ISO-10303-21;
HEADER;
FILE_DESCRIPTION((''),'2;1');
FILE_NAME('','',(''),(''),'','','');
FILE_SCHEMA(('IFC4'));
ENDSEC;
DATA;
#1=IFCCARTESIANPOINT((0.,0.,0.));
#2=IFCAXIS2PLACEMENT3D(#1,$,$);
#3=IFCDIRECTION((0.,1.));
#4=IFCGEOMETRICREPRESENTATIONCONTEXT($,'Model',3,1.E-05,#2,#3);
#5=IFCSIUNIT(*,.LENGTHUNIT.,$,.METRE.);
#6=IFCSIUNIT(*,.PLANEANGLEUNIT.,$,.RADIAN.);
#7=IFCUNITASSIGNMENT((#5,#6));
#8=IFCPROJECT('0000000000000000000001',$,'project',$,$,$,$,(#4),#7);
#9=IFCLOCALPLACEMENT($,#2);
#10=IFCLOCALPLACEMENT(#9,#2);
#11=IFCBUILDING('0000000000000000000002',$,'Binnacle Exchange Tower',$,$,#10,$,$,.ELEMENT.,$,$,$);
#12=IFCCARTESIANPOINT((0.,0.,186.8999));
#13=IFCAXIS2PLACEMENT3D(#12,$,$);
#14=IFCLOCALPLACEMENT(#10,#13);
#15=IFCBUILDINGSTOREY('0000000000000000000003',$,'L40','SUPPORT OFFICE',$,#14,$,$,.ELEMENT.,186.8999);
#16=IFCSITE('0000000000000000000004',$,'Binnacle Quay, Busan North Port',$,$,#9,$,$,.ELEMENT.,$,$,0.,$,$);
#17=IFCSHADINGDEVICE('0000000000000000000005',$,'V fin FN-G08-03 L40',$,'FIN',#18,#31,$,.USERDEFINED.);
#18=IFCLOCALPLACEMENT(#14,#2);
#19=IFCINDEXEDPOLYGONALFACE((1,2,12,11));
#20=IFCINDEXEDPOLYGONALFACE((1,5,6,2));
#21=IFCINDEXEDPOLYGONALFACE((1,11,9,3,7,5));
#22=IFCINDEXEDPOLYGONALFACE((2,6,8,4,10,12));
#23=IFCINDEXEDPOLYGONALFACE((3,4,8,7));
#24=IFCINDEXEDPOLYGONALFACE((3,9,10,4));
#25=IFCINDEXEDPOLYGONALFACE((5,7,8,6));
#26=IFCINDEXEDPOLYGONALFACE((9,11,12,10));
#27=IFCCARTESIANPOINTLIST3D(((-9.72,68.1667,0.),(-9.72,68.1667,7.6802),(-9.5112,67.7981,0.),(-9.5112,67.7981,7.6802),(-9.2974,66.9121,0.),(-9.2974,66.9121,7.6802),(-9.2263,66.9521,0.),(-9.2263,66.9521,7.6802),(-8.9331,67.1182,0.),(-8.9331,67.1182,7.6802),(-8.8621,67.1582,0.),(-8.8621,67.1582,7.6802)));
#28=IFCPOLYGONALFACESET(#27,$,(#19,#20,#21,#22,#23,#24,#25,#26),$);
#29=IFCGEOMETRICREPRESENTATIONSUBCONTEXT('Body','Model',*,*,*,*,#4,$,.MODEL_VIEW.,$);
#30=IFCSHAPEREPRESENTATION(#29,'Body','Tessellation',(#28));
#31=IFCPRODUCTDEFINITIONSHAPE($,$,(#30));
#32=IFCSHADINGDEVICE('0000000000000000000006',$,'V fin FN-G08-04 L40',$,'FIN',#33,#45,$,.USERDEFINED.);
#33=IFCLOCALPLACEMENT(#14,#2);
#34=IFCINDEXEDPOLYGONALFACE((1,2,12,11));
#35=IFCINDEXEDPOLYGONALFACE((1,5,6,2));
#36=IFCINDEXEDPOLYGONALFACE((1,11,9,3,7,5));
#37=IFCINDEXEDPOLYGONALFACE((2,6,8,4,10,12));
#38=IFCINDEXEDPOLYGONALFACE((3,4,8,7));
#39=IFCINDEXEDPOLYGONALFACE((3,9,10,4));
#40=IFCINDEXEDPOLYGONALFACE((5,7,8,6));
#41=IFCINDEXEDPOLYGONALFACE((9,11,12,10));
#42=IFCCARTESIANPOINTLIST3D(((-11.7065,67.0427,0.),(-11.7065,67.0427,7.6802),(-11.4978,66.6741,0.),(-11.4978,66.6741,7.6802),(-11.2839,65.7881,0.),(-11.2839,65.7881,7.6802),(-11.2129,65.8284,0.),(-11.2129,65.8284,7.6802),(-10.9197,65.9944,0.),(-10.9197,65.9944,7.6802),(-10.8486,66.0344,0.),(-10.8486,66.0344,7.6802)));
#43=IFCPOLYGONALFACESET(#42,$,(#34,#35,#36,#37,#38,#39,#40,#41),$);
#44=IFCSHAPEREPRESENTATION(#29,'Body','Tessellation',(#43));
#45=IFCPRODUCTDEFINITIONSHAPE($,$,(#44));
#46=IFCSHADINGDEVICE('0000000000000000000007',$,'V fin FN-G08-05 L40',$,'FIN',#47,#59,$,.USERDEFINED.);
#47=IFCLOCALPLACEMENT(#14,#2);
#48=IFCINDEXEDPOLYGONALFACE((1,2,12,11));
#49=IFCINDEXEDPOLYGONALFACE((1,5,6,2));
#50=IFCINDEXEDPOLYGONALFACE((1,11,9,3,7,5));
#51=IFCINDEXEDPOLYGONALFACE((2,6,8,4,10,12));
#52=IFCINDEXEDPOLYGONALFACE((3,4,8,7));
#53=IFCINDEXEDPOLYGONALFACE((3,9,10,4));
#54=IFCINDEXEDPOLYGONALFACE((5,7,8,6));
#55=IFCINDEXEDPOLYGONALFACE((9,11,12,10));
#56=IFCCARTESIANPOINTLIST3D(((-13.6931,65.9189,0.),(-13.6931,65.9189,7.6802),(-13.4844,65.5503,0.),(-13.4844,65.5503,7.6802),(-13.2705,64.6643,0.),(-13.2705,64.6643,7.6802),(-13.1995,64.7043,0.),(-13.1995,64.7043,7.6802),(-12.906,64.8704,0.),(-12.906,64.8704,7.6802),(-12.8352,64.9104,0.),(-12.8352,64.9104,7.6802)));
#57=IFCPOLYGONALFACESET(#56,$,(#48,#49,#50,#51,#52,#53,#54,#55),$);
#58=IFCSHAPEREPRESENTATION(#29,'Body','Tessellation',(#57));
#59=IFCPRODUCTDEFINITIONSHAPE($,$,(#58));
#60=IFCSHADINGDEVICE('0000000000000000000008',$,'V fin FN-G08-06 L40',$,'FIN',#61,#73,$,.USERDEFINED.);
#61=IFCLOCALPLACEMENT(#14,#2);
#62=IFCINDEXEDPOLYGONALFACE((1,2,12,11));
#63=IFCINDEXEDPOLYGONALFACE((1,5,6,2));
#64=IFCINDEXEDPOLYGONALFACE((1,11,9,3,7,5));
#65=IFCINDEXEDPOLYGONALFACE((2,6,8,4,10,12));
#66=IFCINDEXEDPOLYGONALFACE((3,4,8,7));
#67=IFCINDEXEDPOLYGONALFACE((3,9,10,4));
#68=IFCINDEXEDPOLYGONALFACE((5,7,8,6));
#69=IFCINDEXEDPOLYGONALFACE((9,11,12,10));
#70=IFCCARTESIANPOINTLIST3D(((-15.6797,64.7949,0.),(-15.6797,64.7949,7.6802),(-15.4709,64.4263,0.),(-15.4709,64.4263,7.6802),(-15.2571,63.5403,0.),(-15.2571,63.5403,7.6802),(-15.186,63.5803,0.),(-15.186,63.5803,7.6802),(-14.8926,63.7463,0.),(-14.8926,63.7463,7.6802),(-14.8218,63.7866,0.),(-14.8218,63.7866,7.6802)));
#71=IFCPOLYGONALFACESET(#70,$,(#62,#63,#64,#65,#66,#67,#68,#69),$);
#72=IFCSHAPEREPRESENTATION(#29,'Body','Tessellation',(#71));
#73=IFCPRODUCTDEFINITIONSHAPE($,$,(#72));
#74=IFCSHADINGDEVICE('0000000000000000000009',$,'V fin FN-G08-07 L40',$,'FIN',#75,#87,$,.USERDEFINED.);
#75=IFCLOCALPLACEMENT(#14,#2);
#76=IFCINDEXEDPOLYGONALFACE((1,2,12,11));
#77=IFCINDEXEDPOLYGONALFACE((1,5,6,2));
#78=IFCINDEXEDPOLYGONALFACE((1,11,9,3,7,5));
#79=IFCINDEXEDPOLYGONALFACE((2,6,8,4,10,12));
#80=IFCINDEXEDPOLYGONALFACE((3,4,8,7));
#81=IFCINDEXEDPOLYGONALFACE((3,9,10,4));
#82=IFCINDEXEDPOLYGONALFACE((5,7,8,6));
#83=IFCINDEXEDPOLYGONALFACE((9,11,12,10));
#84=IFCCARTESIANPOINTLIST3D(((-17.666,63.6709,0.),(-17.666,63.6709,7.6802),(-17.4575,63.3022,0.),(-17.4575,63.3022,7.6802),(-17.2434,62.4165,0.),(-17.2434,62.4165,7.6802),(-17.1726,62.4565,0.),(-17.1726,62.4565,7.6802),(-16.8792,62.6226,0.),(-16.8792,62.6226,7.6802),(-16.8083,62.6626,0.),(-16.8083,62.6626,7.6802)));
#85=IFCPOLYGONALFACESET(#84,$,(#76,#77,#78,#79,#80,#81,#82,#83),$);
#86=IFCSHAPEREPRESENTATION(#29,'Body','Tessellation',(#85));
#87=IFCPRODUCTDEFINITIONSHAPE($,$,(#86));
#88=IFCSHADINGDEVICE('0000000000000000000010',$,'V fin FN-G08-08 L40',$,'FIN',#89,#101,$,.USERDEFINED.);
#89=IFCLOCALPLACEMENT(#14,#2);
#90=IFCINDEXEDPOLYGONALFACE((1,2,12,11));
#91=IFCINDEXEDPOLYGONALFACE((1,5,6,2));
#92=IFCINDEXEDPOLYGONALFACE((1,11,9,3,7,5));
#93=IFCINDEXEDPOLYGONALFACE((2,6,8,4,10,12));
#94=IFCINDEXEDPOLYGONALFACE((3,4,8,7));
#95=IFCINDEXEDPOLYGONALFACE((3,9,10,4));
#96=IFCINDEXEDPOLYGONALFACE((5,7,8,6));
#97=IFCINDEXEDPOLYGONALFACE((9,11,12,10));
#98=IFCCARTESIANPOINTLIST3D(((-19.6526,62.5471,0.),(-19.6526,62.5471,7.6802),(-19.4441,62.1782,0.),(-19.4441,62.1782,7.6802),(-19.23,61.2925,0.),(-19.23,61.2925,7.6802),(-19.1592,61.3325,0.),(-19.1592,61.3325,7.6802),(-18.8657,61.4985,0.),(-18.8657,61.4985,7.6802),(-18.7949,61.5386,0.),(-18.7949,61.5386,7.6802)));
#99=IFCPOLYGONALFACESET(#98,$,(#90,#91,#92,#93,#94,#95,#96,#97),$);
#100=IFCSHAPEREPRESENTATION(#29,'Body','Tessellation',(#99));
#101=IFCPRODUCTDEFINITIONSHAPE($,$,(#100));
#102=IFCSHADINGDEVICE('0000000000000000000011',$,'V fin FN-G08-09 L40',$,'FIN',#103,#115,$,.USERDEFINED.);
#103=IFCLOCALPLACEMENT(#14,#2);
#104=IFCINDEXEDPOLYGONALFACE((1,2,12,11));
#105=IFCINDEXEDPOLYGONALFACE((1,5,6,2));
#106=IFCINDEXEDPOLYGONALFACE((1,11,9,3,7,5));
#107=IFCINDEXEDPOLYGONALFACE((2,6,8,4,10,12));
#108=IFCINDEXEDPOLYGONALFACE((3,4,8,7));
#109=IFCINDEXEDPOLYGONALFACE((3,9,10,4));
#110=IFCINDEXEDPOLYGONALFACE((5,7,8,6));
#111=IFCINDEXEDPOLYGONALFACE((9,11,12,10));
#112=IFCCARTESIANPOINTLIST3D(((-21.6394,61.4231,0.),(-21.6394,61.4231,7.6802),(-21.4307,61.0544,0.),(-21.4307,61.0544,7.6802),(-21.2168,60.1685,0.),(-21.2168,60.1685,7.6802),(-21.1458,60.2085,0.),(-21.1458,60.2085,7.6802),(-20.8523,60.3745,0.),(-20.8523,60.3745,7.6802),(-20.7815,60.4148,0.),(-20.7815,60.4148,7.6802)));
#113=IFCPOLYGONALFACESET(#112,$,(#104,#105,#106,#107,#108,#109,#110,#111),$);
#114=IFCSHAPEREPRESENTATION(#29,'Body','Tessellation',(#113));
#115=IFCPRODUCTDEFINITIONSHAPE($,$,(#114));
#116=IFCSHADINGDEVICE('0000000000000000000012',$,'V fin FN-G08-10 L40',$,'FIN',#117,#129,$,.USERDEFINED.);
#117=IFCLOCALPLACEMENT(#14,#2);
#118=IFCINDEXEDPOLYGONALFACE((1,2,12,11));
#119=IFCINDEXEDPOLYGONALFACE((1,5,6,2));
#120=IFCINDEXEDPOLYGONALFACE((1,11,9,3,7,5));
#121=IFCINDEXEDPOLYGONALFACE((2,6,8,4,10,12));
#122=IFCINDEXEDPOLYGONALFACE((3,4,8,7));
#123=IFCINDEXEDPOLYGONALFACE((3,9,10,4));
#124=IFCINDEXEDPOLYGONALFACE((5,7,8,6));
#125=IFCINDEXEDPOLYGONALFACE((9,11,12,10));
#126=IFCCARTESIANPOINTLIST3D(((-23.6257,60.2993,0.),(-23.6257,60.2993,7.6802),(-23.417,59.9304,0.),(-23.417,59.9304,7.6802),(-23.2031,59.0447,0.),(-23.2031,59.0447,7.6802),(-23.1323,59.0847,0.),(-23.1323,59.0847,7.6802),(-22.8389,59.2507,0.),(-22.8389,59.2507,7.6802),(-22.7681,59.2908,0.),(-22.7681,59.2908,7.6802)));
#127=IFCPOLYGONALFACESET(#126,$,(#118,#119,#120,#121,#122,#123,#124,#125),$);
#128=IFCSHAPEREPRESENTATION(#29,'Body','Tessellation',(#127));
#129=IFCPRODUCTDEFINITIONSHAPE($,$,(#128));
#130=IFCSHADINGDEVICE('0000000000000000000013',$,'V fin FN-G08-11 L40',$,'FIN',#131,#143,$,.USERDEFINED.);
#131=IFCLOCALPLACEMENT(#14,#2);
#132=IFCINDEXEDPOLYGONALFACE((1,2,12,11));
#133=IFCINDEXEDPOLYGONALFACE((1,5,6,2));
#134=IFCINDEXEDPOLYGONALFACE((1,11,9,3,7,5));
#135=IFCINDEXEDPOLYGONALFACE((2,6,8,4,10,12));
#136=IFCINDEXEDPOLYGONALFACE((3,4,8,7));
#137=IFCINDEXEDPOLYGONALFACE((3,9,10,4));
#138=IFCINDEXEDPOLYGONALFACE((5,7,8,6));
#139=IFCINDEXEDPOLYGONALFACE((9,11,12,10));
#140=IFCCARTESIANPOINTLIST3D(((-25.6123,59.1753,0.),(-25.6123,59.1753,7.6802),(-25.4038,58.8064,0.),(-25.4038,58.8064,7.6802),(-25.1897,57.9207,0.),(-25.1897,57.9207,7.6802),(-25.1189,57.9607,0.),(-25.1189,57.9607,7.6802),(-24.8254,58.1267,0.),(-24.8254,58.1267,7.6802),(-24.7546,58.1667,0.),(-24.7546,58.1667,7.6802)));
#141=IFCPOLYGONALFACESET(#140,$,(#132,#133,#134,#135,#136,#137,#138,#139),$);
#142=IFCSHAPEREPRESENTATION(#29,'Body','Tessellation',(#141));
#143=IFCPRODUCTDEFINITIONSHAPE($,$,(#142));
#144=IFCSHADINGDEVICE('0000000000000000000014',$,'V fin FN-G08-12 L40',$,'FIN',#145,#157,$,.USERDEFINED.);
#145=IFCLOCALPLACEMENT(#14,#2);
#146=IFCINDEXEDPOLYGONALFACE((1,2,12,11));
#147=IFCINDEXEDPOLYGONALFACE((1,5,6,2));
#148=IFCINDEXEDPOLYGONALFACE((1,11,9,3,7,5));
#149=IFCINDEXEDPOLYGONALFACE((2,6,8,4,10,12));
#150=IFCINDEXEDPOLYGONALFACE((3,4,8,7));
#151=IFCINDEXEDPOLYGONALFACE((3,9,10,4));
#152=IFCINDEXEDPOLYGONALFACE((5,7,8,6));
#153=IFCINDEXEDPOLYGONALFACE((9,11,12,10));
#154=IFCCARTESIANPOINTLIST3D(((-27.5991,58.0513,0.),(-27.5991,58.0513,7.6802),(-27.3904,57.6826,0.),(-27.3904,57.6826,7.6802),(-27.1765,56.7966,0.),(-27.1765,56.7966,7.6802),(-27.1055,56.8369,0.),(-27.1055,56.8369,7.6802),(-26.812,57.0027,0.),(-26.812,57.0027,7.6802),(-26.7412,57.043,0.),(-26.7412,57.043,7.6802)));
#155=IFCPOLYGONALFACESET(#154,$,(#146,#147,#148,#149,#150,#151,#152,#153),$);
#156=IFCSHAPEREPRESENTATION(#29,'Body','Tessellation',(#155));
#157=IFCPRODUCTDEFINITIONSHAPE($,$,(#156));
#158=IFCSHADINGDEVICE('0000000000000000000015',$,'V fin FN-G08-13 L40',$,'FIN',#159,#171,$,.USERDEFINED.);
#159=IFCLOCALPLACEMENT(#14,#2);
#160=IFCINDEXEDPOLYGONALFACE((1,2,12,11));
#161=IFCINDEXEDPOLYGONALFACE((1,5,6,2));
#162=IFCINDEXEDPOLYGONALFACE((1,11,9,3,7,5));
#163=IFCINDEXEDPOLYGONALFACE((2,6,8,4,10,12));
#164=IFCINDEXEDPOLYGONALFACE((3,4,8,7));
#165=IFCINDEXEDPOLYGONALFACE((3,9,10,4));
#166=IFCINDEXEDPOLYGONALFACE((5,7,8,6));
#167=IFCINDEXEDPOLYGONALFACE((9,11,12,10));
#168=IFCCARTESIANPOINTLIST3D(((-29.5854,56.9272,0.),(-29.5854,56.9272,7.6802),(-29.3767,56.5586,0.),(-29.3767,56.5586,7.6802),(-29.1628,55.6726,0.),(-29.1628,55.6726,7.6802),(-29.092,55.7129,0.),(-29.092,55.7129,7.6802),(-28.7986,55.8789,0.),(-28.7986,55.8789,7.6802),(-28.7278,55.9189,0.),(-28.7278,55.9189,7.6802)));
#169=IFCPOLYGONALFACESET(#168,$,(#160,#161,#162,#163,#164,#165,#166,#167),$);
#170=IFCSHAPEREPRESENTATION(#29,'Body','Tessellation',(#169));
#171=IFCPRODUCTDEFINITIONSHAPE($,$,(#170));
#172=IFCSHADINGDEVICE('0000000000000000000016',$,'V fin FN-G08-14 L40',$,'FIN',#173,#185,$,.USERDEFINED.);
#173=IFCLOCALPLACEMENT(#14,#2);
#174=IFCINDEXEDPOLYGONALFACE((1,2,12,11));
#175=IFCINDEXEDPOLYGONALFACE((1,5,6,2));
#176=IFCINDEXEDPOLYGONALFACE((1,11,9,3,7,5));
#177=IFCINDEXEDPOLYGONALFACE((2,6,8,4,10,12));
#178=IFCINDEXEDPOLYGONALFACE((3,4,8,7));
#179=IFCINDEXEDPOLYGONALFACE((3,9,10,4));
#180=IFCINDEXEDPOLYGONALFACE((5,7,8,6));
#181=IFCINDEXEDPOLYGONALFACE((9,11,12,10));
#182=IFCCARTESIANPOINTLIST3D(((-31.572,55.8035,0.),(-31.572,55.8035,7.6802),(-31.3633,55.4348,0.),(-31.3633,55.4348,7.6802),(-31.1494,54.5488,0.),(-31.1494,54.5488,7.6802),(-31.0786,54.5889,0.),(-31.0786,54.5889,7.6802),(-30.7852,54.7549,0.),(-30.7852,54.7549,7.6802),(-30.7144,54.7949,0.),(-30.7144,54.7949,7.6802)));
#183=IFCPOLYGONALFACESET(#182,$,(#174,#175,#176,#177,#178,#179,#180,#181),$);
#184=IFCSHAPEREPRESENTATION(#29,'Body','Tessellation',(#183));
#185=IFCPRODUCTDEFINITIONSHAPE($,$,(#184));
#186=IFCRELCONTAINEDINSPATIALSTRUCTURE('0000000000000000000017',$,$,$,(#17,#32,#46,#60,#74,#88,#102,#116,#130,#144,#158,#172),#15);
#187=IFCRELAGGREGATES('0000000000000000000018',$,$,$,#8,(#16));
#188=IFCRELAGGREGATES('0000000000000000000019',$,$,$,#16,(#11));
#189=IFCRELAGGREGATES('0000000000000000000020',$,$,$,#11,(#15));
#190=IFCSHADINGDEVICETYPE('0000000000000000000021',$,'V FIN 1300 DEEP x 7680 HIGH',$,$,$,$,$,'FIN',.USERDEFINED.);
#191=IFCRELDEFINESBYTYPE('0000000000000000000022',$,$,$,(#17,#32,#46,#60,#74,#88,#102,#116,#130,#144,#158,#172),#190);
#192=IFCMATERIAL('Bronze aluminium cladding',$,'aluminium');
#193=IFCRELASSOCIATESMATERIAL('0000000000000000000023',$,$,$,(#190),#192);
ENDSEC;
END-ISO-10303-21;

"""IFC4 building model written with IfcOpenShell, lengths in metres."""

from ifc_helpers import new_model, si_unit, direction, frame, origin, place, context, subcontext, project, spatial, polyline, outline, extrude, material, type_object, element, save


model = new_model("IFC4")

# Units and contexts
model_context = context("Model", 3, precision=1e-05, world=origin(), true_north=direction((0.0, 1.0)))
body_context = subcontext(model_context, "Body", "Model", "MODEL_VIEW")
ifc_project = project(units=[si_unit("LENGTHUNIT", "METRE"), si_unit("PLANEANGLEUNIT", "RADIAN")], contexts=[model_context])

# Site, building, storey
site_placement = place(None, origin())
site = spatial("IfcSite", under=ifc_project, at=site_placement, Name="Binnacle Quay, Busan North Port", CompositionType="ELEMENT", RefElevation=0.0)
building_placement = place(site_placement, origin())
building = spatial("IfcBuilding", under=site, at=building_placement, Name="Binnacle Exchange Tower", CompositionType="ELEMENT")
storey_placement = place(building_placement, frame((0.0, 0.0, 186.8999)))
storey = spatial("IfcBuildingStorey", under=building, at=storey_placement, Name="L40", Description="SUPPORT OFFICE", CompositionType="ELEMENT", Elevation=186.8999)

# Shading devices
ifc_material = material(Name="Bronze aluminium cladding", Category="aluminium")
shading_device_type = type_object("IfcShadingDeviceType", Name="V FIN 1300 DEEP x 7680 HIGH", ElementType="FIN", PredefinedType="USERDEFINED", material=ifc_material)
shading_device_1_placement = place(storey_placement, origin())
element("IfcShadingDevice", 1, at=shading_device_1_placement, inside=storey, type_object=shading_device_type, Name="V fin FN-G08-03 L40", ObjectType="FIN", PredefinedType="USERDEFINED", context=body_context, shape_type="SweptSolid", body=[
    extrude(outline(polyline([(-8.8621, 67.1582), (-9.72, 68.1667), (-9.2974, 66.9121), (-9.2263, 66.9521), (-9.5112, 67.7981), (-8.9331, 67.1182), (-8.8621, 67.1582)])), origin(), (0.0, 0.0, 1.0), 7.6802),
])
shading_device_2_placement = place(storey_placement, origin())
element("IfcShadingDevice", 2, at=shading_device_2_placement, inside=storey, type_object=shading_device_type, Name="V fin FN-G08-04 L40", ObjectType="FIN", PredefinedType="USERDEFINED", context=body_context, shape_type="SweptSolid", body=[
    extrude(outline(polyline([(-10.8486, 66.0344), (-11.7065, 67.0427), (-11.2839, 65.7881), (-11.2129, 65.8284), (-11.4978, 66.6741), (-10.9197, 65.9944), (-10.8486, 66.0344)])), origin(), (0.0, 0.0, 1.0), 7.6802),
])
shading_device_3_placement = place(storey_placement, origin())
element("IfcShadingDevice", 3, at=shading_device_3_placement, inside=storey, type_object=shading_device_type, Name="V fin FN-G08-05 L40", ObjectType="FIN", PredefinedType="USERDEFINED", context=body_context, shape_type="SweptSolid", body=[
    extrude(outline(polyline([(-12.8352, 64.9104), (-13.6931, 65.9189), (-13.2705, 64.6643), (-13.1995, 64.7043), (-13.4844, 65.5503), (-12.906, 64.8704), (-12.8352, 64.9104)])), origin(), (0.0, 0.0, 1.0), 7.6802),
])
shading_device_4_placement = place(storey_placement, origin())
element("IfcShadingDevice", 4, at=shading_device_4_placement, inside=storey, type_object=shading_device_type, Name="V fin FN-G08-06 L40", ObjectType="FIN", PredefinedType="USERDEFINED", context=body_context, shape_type="SweptSolid", body=[
    extrude(outline(polyline([(-14.8218, 63.7866), (-15.6797, 64.7949), (-15.2571, 63.5403), (-15.186, 63.5803), (-15.4709, 64.4263), (-14.8926, 63.7463), (-14.8218, 63.7866)])), origin(), (0.0, 0.0, 1.0), 7.6802),
])
shading_device_5_placement = place(storey_placement, origin())
element("IfcShadingDevice", 5, at=shading_device_5_placement, inside=storey, type_object=shading_device_type, Name="V fin FN-G08-07 L40", ObjectType="FIN", PredefinedType="USERDEFINED", context=body_context, shape_type="SweptSolid", body=[
    extrude(outline(polyline([(-16.8083, 62.6626), (-17.666, 63.6709), (-17.2434, 62.4165), (-17.1726, 62.4565), (-17.4575, 63.3022), (-16.8792, 62.6226), (-16.8083, 62.6626)])), origin(), (0.0, 0.0, 1.0), 7.6802),
])
shading_device_6_placement = place(storey_placement, origin())
element("IfcShadingDevice", 6, at=shading_device_6_placement, inside=storey, type_object=shading_device_type, Name="V fin FN-G08-08 L40", ObjectType="FIN", PredefinedType="USERDEFINED", context=body_context, shape_type="SweptSolid", body=[
    extrude(outline(polyline([(-18.7949, 61.5386), (-19.6526, 62.5471), (-19.23, 61.2925), (-19.1592, 61.3325), (-19.4441, 62.1782), (-18.8657, 61.4985), (-18.7949, 61.5386)])), origin(), (0.0, 0.0, 1.0), 7.6802),
])
shading_device_7_placement = place(storey_placement, origin())
element("IfcShadingDevice", 7, at=shading_device_7_placement, inside=storey, type_object=shading_device_type, Name="V fin FN-G08-09 L40", ObjectType="FIN", PredefinedType="USERDEFINED", context=body_context, shape_type="SweptSolid", body=[
    extrude(outline(polyline([(-20.7815, 60.4148), (-21.6394, 61.4231), (-21.2168, 60.1685), (-21.1458, 60.2085), (-21.4307, 61.0544), (-20.8523, 60.3745), (-20.7815, 60.4148)])), origin(), (0.0, 0.0, 1.0), 7.6802),
])
shading_device_8_placement = place(storey_placement, origin())
element("IfcShadingDevice", 8, at=shading_device_8_placement, inside=storey, type_object=shading_device_type, Name="V fin FN-G08-10 L40", ObjectType="FIN", PredefinedType="USERDEFINED", context=body_context, shape_type="SweptSolid", body=[
    extrude(outline(polyline([(-22.7681, 59.2908), (-23.6257, 60.2993), (-23.2031, 59.0447), (-23.1323, 59.0847), (-23.417, 59.9304), (-22.8389, 59.2507), (-22.7681, 59.2908)])), origin(), (0.0, 0.0, 1.0), 7.6802),
])
shading_device_9_placement = place(storey_placement, origin())
element("IfcShadingDevice", 9, at=shading_device_9_placement, inside=storey, type_object=shading_device_type, Name="V fin FN-G08-11 L40", ObjectType="FIN", PredefinedType="USERDEFINED", context=body_context, shape_type="SweptSolid", body=[
    extrude(outline(polyline([(-24.7546, 58.1667), (-25.6123, 59.1753), (-25.1897, 57.9207), (-25.1189, 57.9607), (-25.4038, 58.8064), (-24.8254, 58.1267), (-24.7546, 58.1667)])), origin(), (0.0, 0.0, 1.0), 7.6802),
])
shading_device_10_placement = place(storey_placement, origin())
element("IfcShadingDevice", 10, at=shading_device_10_placement, inside=storey, type_object=shading_device_type, Name="V fin FN-G08-12 L40", ObjectType="FIN", PredefinedType="USERDEFINED", context=body_context, shape_type="SweptSolid", body=[
    extrude(outline(polyline([(-26.7412, 57.043), (-27.5991, 58.0513), (-27.1765, 56.7966), (-27.1055, 56.8369), (-27.3904, 57.6826), (-26.812, 57.0027), (-26.7412, 57.043)])), origin(), (0.0, 0.0, 1.0), 7.6802),
])
shading_device_11_placement = place(storey_placement, origin())
element("IfcShadingDevice", 11, at=shading_device_11_placement, inside=storey, type_object=shading_device_type, Name="V fin FN-G08-13 L40", ObjectType="FIN", PredefinedType="USERDEFINED", context=body_context, shape_type="SweptSolid", body=[
    extrude(outline(polyline([(-28.7278, 55.9189), (-29.5854, 56.9272), (-29.1628, 55.6726), (-29.092, 55.7129), (-29.3767, 56.5586), (-28.7986, 55.8789), (-28.7278, 55.9189)])), origin(), (0.0, 0.0, 1.0), 7.6802),
])
shading_device_12_placement = place(storey_placement, origin())
element("IfcShadingDevice", 12, at=shading_device_12_placement, inside=storey, type_object=shading_device_type, Name="V fin FN-G08-14 L40", ObjectType="FIN", PredefinedType="USERDEFINED", context=body_context, shape_type="SweptSolid", body=[
    extrude(outline(polyline([(-30.7144, 54.7949), (-31.572, 55.8035), (-31.1494, 54.5488), (-31.0786, 54.5889), (-31.3633, 55.4348), (-30.7852, 54.7549), (-30.7144, 54.7949)])), origin(), (0.0, 0.0, 1.0), 7.6802),
])

save(model, "model.ifc")
